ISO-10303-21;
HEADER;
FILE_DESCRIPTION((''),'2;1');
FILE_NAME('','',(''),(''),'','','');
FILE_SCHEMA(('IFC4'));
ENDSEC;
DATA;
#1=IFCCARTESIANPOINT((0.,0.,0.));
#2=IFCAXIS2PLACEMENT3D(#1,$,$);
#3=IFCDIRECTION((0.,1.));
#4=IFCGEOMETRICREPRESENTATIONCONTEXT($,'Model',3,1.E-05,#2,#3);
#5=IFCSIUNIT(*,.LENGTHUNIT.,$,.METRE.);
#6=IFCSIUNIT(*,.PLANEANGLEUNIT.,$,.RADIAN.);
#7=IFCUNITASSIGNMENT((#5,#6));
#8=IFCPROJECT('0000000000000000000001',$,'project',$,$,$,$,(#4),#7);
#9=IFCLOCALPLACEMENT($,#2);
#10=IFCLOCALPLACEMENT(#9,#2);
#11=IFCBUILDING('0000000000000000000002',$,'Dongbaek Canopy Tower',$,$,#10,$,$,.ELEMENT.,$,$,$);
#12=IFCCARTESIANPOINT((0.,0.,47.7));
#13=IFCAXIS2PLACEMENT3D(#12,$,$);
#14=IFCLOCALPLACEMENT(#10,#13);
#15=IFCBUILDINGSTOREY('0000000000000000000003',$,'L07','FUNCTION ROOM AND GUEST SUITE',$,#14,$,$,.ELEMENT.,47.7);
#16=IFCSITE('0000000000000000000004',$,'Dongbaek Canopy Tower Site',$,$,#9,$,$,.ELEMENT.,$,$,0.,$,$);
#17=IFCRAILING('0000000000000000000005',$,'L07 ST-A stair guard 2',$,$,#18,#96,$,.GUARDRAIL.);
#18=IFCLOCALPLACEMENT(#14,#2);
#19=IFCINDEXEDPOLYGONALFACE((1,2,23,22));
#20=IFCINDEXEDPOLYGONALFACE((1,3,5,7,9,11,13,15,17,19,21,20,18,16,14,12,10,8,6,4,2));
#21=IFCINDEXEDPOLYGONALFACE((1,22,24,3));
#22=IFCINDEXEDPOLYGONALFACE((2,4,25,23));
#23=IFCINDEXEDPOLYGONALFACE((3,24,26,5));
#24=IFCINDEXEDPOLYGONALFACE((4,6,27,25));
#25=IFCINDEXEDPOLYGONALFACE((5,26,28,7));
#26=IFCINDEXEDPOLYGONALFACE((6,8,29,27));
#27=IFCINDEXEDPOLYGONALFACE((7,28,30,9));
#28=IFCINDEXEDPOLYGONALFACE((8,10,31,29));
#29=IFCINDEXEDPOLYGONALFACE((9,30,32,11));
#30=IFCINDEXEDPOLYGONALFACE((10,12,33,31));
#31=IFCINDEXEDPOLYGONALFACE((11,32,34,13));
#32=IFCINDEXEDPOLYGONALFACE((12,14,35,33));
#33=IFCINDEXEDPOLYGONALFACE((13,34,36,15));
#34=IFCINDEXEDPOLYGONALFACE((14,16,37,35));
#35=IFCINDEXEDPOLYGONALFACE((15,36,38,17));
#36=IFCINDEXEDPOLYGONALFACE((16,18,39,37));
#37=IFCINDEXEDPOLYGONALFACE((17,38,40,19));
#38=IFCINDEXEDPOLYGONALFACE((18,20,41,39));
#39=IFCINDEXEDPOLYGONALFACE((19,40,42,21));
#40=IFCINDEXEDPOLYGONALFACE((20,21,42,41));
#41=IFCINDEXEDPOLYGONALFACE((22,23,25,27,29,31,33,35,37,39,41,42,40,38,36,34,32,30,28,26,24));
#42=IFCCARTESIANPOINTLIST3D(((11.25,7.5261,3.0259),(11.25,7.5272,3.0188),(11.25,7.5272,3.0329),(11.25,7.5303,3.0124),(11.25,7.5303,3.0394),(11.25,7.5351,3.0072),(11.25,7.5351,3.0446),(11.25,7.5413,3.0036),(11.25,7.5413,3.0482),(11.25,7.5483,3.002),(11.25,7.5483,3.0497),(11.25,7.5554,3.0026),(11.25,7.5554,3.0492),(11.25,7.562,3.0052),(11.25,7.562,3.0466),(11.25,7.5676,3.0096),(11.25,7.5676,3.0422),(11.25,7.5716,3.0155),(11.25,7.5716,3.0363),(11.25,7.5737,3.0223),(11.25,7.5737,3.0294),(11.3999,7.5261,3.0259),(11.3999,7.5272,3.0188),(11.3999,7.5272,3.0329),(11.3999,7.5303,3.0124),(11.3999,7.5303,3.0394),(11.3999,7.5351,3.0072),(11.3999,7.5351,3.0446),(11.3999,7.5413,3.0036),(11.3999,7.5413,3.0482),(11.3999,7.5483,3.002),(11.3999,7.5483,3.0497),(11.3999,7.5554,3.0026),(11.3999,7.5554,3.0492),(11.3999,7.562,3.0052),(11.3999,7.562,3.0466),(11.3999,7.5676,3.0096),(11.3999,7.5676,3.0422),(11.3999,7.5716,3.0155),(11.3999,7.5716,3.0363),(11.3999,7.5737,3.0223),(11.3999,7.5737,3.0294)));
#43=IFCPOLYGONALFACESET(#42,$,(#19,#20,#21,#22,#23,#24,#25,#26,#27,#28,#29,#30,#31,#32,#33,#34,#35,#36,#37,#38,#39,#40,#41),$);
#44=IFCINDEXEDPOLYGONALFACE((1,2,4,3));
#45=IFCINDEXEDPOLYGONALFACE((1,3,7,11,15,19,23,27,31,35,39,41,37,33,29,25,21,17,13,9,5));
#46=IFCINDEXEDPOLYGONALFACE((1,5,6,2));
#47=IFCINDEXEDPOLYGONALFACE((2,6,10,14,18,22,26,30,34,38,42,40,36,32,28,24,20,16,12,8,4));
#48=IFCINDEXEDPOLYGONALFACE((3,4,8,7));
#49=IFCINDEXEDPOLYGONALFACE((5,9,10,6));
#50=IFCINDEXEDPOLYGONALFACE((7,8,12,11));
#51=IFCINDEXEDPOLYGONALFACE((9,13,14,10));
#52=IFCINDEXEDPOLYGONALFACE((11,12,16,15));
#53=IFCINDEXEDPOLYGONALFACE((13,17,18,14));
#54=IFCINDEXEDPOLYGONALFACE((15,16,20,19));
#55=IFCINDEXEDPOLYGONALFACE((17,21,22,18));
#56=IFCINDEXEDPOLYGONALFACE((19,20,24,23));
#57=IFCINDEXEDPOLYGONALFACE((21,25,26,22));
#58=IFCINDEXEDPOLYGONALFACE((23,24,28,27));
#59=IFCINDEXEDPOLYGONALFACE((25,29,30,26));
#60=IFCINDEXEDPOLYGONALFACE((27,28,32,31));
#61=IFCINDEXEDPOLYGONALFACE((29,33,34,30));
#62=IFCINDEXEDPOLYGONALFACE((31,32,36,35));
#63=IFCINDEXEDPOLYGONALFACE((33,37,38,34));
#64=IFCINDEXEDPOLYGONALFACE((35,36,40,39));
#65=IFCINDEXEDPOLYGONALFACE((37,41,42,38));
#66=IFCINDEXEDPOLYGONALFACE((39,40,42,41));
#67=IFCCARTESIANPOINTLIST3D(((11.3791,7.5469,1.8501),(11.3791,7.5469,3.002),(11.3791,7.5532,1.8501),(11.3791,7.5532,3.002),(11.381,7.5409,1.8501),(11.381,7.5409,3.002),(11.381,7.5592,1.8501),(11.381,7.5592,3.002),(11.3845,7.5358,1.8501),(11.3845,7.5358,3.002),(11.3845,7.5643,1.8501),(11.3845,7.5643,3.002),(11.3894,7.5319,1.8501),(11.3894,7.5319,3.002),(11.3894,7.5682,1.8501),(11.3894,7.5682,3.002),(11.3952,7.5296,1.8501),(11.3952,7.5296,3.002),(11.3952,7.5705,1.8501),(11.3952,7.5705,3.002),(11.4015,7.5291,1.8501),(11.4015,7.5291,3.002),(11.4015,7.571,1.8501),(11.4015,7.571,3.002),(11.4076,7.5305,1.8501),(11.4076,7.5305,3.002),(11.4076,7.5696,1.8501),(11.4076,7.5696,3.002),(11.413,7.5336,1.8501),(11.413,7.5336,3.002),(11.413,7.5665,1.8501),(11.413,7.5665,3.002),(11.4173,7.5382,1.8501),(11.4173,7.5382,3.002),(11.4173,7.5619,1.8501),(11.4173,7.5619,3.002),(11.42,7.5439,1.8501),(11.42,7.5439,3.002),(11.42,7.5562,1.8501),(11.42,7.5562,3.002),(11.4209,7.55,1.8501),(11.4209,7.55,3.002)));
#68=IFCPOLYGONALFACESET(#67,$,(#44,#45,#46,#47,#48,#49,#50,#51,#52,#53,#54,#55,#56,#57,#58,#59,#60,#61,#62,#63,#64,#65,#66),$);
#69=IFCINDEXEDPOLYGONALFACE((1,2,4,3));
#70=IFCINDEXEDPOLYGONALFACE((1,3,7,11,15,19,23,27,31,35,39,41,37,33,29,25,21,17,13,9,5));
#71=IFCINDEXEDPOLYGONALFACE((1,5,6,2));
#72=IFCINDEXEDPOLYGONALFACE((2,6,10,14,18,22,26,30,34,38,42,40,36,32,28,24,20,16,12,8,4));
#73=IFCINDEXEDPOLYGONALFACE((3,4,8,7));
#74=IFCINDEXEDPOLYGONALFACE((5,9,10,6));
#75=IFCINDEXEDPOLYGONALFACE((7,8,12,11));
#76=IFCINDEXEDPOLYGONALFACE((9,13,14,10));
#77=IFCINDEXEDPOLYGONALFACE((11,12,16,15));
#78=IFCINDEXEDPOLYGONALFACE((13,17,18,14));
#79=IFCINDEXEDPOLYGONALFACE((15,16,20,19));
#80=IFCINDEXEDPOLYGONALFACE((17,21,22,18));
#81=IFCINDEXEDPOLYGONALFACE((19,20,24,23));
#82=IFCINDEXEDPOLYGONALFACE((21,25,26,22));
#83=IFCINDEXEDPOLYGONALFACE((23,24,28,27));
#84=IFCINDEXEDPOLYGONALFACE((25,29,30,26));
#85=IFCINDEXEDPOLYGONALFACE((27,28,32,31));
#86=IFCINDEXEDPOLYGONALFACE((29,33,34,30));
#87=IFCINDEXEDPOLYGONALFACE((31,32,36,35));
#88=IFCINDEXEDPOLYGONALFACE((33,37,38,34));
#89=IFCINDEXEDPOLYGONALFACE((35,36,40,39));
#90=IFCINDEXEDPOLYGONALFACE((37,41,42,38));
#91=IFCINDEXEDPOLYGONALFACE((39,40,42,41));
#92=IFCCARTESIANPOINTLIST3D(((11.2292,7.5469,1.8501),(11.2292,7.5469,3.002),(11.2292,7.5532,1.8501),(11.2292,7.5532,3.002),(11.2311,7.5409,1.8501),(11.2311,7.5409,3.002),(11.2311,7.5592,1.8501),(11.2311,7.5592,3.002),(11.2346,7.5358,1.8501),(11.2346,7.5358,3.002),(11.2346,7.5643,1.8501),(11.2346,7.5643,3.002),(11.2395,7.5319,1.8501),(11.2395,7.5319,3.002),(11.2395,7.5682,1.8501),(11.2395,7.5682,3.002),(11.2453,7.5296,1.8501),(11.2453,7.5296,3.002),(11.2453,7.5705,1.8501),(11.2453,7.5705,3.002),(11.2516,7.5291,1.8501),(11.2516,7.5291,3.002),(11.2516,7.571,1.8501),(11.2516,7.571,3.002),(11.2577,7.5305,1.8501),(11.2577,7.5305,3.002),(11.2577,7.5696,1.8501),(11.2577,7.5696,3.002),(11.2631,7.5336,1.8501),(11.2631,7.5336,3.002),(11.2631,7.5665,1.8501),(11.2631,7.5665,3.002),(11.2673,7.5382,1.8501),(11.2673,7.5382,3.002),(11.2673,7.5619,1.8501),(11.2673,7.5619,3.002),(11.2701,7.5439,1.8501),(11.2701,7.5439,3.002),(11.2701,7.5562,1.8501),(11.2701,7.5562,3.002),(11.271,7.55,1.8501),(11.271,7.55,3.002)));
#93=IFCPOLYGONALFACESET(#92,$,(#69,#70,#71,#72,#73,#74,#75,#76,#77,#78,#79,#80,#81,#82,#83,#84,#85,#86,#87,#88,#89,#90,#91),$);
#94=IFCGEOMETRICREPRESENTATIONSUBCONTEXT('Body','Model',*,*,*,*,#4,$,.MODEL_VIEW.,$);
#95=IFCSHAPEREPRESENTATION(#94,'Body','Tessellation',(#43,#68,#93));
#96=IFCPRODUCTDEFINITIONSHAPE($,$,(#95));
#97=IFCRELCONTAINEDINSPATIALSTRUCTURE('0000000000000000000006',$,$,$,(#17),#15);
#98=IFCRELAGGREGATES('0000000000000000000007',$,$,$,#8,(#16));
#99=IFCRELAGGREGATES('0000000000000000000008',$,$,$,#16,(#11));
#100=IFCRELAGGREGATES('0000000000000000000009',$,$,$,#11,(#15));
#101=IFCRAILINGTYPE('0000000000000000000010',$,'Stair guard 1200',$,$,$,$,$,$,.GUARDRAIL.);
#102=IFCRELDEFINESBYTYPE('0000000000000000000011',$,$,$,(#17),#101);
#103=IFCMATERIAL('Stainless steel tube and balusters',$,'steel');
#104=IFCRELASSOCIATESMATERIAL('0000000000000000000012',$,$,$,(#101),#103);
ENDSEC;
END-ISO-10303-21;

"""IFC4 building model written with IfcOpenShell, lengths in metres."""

from ifc_helpers import new_model, si_unit, direction, frame, origin, origin_2d, place, context, subcontext, project, spatial, circle, extrude, material, type_object, element, save


model = new_model("IFC4")

# Units and contexts
model_context = context("Model", 3, precision=1e-05, world=origin(), true_north=direction((0.0, 1.0)))
body_context = subcontext(model_context, "Body", "Model", "MODEL_VIEW")
ifc_project = project(units=[si_unit("LENGTHUNIT", "METRE"), si_unit("PLANEANGLEUNIT", "RADIAN")], contexts=[model_context])

# Site, building, storey
site_placement = place(None, origin())
site = spatial("IfcSite", under=ifc_project, at=site_placement, Name="Dongbaek Canopy Tower Site", CompositionType="ELEMENT", RefElevation=0.0)
building_placement = place(site_placement, origin())
building = spatial("IfcBuilding", under=site, at=building_placement, Name="Dongbaek Canopy Tower", CompositionType="ELEMENT")
storey_placement = place(building_placement, frame((0.0, 0.0, 47.7)))
storey = spatial("IfcBuildingStorey", under=building, at=storey_placement, Name="L07", Description="FUNCTION ROOM AND GUEST SUITE", CompositionType="ELEMENT", Elevation=47.7)

# Railing
ifc_material_1 = material(Name="Stainless steel tube and balusters", Category="steel")
railing_type_1 = type_object("IfcRailingType", Name="Stair guard 1200", PredefinedType="GUARDRAIL", material=ifc_material_1)
railing_1_placement = place(storey_placement, frame((11.3999, 7.55, 1.8501)))
element("IfcRailing", 1, at=railing_1_placement, inside=storey, type_object=railing_type_1, Name="L07 ST-A stair guard 2", PredefinedType="GUARDRAIL", context=body_context, shape_type="SweptSolid", body=[
    extrude(circle(Radius=0.0239, at=origin_2d()), frame((0.0, 0.0, 1.1758), z_axis=(-1.0, 0.0, 0.0), x_axis=(0.0, -1.0, 0.0)), (0.0, 0.0, 1.0), 0.1499),
    extrude(circle(Radius=0.021, at=origin_2d()), origin(), (0.0, 0.0, 1.0), 1.1519),
    extrude(circle(Radius=0.021, at=origin_2d()), frame((-0.1499, 0.0, 0.0)), (0.0, 0.0, 1.0), 1.1519),
])

save(model, "model.ifc")
